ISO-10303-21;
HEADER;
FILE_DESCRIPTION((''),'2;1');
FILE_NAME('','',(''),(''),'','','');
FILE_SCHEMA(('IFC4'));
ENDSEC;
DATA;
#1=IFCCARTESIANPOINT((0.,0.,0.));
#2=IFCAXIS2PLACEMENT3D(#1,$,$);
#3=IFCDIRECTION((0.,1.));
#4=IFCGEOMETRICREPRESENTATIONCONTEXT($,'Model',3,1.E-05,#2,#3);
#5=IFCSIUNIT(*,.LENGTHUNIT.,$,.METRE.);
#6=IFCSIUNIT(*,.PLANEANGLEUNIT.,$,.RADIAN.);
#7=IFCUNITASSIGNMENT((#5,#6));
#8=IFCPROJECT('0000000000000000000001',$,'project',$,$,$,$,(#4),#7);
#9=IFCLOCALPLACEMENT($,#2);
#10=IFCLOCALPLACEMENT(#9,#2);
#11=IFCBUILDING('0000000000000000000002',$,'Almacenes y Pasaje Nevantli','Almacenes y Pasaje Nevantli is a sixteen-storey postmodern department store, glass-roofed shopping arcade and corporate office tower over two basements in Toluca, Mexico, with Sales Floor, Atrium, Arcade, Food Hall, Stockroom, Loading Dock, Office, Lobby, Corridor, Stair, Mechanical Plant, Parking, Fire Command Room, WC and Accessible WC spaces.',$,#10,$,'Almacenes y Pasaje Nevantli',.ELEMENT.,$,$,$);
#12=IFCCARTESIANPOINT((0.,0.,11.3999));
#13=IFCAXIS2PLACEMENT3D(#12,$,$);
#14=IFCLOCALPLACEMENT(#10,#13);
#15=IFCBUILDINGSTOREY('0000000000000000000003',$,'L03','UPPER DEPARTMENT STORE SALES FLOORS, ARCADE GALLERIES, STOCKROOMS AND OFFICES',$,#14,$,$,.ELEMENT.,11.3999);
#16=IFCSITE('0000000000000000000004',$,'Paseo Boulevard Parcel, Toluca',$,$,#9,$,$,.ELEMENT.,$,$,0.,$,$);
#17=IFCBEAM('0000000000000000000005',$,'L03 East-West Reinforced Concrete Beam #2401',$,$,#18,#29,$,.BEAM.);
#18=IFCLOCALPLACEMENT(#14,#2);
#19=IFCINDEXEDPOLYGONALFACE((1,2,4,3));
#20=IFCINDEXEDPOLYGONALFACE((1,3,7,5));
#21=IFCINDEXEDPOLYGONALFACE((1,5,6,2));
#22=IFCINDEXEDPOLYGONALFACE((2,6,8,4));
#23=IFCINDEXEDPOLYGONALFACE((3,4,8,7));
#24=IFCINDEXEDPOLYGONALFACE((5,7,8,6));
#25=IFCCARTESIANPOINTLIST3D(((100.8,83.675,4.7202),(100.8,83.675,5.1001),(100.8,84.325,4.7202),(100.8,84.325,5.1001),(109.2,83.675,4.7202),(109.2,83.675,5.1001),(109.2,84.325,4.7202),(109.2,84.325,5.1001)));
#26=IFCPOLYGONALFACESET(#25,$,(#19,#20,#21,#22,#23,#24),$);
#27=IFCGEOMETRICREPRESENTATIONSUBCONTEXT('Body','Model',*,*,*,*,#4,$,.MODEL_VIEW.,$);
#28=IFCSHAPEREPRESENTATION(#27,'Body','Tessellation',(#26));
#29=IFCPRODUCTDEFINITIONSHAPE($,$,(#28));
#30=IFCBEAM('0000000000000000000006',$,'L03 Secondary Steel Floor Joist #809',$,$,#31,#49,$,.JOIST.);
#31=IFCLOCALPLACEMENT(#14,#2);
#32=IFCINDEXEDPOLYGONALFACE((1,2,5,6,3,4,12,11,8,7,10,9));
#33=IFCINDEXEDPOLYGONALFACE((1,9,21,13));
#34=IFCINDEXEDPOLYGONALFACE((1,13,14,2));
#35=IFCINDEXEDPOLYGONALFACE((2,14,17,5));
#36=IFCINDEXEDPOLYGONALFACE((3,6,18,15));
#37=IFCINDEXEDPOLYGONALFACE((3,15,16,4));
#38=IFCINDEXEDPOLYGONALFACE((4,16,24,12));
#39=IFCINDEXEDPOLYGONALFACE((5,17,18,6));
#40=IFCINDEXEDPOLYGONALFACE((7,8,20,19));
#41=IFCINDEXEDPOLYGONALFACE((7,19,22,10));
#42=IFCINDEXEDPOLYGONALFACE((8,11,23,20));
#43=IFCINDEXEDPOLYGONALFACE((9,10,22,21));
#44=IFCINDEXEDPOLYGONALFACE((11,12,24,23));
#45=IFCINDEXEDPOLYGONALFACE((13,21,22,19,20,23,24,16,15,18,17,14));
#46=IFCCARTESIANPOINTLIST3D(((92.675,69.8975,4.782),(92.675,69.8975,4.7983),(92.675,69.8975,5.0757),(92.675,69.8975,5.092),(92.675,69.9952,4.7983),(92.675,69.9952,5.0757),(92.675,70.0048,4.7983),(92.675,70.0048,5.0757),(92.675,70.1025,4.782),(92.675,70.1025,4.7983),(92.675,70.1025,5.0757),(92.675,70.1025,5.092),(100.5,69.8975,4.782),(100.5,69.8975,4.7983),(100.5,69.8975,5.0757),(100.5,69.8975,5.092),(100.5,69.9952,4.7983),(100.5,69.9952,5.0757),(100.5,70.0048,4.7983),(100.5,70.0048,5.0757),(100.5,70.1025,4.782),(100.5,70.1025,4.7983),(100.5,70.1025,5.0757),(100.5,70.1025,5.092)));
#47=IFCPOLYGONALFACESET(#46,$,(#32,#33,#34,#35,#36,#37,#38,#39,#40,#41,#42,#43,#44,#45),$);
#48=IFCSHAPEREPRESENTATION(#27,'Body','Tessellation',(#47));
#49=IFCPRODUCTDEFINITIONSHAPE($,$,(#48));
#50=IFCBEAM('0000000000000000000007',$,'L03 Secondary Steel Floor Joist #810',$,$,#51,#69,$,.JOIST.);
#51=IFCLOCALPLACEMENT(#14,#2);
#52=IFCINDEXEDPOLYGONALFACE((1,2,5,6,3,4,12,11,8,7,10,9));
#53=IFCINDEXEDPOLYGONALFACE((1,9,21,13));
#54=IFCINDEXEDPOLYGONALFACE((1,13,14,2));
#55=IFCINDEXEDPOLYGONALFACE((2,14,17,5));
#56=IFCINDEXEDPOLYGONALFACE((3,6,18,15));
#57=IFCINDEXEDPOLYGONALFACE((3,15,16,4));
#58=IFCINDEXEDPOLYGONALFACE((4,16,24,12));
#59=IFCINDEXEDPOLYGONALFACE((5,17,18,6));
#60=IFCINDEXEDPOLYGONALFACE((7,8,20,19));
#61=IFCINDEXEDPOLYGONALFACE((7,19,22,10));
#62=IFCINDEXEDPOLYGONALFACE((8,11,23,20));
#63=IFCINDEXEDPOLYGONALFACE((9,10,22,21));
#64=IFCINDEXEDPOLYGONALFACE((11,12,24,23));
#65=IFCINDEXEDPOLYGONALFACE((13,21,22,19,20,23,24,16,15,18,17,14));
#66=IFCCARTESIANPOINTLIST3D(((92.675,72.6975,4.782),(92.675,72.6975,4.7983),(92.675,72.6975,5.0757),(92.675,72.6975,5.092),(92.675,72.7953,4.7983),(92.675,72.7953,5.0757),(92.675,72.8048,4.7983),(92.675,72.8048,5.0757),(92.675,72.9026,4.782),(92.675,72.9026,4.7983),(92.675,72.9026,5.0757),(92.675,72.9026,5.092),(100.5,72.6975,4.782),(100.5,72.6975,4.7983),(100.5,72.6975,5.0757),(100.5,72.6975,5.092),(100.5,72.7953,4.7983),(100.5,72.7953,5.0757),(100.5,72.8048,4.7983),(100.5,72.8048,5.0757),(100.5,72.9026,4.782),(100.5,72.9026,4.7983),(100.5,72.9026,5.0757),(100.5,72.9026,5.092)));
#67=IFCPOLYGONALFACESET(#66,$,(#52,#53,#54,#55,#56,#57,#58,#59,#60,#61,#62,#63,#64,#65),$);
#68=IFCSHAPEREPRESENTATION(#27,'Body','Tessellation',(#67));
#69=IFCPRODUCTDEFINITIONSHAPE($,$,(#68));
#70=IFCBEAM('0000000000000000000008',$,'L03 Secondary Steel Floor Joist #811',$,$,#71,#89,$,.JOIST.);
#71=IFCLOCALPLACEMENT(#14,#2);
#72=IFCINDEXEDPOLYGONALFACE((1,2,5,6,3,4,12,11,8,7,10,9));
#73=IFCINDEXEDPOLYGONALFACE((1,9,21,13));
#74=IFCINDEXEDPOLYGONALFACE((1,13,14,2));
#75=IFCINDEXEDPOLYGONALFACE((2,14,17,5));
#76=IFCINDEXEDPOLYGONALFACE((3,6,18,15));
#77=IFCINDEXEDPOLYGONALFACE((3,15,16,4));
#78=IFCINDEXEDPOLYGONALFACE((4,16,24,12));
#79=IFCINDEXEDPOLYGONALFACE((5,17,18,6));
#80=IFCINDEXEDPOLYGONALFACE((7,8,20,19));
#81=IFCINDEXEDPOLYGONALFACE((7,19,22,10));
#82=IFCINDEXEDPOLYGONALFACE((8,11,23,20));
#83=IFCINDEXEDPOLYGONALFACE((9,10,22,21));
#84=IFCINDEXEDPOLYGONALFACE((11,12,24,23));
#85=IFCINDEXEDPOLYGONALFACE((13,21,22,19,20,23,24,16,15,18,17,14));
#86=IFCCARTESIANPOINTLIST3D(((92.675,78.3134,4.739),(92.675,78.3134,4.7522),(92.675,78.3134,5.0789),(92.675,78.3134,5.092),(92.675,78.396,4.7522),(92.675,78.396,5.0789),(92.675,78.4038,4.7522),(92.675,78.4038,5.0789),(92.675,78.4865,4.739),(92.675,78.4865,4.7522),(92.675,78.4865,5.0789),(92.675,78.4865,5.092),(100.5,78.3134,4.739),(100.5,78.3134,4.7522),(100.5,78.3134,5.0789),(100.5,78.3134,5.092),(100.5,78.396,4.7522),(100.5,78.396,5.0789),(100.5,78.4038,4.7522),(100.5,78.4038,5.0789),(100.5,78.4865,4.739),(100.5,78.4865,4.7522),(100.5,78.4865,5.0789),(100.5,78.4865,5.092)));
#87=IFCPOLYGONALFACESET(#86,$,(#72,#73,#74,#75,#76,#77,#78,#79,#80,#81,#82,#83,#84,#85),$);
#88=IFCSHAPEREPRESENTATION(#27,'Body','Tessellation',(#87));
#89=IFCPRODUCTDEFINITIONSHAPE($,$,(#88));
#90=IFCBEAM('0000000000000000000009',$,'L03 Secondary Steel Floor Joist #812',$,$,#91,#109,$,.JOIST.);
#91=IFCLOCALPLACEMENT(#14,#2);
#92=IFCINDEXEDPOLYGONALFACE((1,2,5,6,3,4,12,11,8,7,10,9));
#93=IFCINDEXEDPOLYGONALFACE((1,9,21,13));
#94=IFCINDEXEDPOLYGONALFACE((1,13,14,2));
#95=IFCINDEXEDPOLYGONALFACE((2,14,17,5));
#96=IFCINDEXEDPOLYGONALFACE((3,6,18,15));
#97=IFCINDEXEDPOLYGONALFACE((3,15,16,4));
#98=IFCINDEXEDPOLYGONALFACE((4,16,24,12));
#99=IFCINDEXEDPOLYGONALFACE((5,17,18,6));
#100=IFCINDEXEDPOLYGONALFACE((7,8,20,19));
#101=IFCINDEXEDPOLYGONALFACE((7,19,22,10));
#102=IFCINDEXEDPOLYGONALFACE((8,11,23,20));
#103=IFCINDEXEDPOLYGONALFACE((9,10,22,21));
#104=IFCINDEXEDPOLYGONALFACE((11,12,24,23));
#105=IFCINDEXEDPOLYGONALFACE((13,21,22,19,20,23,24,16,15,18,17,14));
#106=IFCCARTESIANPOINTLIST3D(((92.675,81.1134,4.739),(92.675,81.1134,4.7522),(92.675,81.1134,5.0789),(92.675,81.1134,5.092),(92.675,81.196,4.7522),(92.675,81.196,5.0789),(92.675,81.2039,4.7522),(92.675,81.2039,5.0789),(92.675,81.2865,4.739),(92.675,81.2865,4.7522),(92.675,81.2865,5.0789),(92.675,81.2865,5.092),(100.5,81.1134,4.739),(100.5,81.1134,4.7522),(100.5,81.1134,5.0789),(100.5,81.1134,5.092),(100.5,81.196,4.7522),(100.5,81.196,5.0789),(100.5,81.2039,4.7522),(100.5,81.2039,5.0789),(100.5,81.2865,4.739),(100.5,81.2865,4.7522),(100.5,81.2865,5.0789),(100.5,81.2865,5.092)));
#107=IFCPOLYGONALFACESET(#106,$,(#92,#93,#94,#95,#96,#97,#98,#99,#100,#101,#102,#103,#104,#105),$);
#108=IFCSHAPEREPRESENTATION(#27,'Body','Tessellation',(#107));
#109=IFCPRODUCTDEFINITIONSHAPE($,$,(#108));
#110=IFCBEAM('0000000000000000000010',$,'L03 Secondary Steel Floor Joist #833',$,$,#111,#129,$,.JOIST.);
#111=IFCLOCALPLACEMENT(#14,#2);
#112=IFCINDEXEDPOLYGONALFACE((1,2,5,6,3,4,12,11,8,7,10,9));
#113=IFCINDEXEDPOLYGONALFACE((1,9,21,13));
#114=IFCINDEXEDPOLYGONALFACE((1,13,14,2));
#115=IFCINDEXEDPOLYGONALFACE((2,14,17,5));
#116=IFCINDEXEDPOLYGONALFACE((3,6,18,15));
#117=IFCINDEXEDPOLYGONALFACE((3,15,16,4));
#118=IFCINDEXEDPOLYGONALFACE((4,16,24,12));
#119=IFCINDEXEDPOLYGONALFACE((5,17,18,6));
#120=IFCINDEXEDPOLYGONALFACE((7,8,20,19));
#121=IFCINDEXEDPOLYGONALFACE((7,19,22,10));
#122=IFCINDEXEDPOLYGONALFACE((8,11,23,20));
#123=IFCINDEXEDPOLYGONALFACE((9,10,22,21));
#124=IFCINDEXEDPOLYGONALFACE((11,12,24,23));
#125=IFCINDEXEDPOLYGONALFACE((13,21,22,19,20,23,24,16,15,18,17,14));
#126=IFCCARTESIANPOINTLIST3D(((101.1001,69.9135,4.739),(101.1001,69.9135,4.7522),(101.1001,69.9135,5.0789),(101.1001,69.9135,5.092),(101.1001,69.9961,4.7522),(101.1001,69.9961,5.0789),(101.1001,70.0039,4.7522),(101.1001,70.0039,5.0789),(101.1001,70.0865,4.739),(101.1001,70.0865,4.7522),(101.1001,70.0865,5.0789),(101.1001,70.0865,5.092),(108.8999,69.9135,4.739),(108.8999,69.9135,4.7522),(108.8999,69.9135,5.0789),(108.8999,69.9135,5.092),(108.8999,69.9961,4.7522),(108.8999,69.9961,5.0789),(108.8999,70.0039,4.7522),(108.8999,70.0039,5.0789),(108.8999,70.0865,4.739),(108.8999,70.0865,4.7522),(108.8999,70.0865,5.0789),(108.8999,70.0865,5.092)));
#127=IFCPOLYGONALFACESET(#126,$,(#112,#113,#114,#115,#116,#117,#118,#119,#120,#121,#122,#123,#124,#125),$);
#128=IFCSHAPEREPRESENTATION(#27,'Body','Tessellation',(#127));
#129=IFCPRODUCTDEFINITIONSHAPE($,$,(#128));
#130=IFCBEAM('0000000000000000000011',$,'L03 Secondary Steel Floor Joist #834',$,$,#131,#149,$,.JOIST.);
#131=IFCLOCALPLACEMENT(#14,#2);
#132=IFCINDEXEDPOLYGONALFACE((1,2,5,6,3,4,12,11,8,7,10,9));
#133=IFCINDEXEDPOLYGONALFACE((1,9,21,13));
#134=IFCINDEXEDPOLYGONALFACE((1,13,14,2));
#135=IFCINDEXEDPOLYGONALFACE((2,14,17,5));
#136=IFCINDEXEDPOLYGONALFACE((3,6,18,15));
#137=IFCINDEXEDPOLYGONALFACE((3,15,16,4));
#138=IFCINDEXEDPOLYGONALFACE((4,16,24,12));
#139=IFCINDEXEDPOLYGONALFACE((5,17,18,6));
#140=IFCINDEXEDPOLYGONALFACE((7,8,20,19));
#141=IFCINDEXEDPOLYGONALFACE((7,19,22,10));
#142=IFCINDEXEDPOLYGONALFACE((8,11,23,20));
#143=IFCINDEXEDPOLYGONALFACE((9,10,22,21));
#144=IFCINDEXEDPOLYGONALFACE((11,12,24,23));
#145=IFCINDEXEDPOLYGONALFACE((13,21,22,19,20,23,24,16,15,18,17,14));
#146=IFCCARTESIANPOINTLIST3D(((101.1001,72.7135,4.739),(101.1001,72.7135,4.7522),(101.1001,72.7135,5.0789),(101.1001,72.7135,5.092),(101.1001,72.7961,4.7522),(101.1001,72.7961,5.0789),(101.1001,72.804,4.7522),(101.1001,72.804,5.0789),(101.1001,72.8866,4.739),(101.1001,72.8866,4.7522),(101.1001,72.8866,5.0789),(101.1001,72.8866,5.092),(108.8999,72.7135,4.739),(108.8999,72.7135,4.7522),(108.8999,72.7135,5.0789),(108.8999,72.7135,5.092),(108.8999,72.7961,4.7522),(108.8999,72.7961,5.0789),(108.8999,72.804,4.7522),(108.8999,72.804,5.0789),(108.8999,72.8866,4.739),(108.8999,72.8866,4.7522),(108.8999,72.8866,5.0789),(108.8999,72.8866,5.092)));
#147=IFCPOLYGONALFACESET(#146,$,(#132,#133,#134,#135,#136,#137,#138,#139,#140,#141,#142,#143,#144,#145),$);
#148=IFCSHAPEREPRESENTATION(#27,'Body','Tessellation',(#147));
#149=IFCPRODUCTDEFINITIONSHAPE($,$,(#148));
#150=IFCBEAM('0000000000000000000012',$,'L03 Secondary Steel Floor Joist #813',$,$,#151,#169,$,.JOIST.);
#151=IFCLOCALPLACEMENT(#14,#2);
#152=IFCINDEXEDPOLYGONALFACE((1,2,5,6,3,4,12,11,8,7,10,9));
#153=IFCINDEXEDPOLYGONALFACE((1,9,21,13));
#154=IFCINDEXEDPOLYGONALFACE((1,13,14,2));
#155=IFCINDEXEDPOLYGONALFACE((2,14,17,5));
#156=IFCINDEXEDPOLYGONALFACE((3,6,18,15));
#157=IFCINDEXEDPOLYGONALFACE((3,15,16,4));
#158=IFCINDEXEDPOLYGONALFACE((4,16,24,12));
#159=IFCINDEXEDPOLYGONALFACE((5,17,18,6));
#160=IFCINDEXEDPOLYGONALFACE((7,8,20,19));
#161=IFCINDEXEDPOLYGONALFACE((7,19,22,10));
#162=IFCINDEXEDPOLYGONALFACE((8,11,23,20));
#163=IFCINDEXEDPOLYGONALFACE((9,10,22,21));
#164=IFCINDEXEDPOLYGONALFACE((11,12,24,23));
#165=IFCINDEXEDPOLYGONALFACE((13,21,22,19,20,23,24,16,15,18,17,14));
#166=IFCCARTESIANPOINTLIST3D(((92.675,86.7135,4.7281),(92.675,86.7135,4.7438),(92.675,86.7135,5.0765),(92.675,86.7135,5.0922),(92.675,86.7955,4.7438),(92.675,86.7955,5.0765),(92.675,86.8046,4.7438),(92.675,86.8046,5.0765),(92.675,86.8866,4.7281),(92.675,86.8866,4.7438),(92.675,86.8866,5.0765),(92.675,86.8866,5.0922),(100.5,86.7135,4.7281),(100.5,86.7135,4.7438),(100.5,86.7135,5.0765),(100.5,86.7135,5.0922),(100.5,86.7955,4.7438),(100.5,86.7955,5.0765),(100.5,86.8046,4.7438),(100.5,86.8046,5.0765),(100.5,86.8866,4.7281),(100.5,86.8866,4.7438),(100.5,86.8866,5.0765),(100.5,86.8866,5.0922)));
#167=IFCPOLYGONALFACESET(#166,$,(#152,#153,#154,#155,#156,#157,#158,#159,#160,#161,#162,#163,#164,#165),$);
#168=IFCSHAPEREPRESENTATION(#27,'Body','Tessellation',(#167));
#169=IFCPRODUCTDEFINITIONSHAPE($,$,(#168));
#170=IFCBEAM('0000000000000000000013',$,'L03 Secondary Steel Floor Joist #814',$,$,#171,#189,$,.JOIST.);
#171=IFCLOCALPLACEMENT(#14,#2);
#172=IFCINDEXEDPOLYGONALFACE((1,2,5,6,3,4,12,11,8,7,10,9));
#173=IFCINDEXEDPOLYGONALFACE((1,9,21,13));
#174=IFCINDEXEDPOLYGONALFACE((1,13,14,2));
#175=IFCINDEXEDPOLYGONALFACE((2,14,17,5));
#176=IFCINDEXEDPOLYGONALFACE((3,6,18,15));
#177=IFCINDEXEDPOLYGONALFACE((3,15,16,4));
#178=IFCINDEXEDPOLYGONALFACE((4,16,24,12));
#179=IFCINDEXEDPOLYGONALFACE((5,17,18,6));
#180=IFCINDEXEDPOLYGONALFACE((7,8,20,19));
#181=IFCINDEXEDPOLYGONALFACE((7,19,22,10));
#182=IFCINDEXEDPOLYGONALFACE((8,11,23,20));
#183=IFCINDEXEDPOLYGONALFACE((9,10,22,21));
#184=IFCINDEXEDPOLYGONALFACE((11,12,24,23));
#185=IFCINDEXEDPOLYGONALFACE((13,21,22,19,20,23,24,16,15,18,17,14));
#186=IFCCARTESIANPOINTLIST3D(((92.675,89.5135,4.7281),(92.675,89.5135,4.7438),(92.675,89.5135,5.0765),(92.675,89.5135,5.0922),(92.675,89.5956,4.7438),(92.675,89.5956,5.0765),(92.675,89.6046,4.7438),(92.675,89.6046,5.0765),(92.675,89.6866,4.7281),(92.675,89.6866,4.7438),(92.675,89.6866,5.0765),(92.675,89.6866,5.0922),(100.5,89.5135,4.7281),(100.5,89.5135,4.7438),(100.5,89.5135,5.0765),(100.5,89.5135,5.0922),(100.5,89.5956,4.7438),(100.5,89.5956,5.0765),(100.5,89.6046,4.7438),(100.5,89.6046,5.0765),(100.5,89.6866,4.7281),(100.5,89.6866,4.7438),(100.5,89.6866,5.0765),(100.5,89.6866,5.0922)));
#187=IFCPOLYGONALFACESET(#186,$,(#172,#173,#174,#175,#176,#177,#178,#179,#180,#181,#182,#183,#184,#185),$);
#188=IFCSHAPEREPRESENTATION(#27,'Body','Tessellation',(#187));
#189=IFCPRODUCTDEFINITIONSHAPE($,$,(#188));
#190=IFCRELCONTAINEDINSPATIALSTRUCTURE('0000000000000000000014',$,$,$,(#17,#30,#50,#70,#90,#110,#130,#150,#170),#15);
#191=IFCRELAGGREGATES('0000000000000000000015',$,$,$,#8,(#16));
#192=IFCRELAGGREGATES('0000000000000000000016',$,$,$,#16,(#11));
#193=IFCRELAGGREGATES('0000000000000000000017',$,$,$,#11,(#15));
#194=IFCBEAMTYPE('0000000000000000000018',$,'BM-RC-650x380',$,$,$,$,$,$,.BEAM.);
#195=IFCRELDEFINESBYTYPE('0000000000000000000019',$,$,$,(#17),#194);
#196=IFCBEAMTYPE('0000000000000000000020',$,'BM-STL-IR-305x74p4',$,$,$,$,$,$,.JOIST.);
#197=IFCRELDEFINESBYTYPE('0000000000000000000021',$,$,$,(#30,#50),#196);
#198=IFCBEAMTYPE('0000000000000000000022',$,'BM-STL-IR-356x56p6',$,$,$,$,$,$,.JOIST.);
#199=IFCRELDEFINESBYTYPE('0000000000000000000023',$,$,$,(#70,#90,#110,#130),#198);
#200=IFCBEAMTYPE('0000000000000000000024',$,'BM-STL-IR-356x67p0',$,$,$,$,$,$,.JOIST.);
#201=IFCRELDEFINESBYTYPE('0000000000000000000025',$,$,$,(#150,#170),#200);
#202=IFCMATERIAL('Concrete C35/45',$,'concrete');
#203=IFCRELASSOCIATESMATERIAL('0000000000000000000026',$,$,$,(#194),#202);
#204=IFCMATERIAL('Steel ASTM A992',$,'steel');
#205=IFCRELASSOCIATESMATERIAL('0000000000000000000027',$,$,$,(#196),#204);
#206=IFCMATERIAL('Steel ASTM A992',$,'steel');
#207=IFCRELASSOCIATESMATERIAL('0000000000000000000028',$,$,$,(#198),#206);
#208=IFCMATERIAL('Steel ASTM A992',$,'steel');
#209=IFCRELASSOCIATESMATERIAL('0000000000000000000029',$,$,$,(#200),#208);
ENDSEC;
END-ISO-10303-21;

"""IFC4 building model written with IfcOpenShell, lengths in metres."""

from ifc_helpers import new_model, si_unit, direction, frame, origin, origin_2d, place, context, subcontext, project, spatial, rectangle, i_section, extrude, material, material_profile, profile_set, type_object, element, save


model = new_model("IFC4")

# Units and contexts
model_context = context("Model", 3, precision=1e-05, world=origin(), true_north=direction((0.0, 1.0)))
body_context = subcontext(model_context, "Body", "Model", "MODEL_VIEW")
ifc_project = project(units=[si_unit("LENGTHUNIT", "METRE"), si_unit("PLANEANGLEUNIT", "RADIAN")], contexts=[model_context])

# Site, building, storey
site_placement = place(None, origin())
site = spatial("IfcSite", under=ifc_project, at=site_placement, Name="Paseo Boulevard Parcel, Toluca", CompositionType="ELEMENT", RefElevation=0.0)
building_placement = place(site_placement, origin())
building = spatial("IfcBuilding", under=site, at=building_placement, Name="Almacenes y Pasaje Nevantli", Description="Almacenes y Pasaje Nevantli is a sixteen-storey postmodern department store, glass-roofed shopping arcade and corporate office tower over two basements in Toluca, Mexico, with Sales Floor, Atrium, Arcade, Food Hall, Stockroom, Loading Dock, Office, Lobby, Corridor, Stair, Mechanical Plant, Parking, Fire Command Room, WC and Accessible WC spaces.", LongName="Almacenes y Pasaje Nevantli", CompositionType="ELEMENT")
storey_placement = place(building_placement, frame((0.0, 0.0, 11.3999)))
storey = spatial("IfcBuildingStorey", under=building, at=storey_placement, Name="L03", Description="UPPER DEPARTMENT STORE SALES FLOORS, ARCADE GALLERIES, STOCKROOMS AND OFFICES", CompositionType="ELEMENT", Elevation=11.3999)

# Beams
ifc_material_1 = material(Name="Concrete C35/45", Category="concrete")
ifc_material_profile_1 = material_profile(ifc_material_1, rectangle(XDim=0.6499, YDim=0.3799, at=origin_2d()), Name="RC-BM-650x380")
ifc_profile_set_1 = profile_set([ifc_material_profile_1], Name="Concrete C35/45")
beam_type_1 = type_object("IfcBeamType", Name="BM-RC-650x380", PredefinedType="BEAM", material=ifc_profile_set_1)
beam_1_placement = place(storey_placement, frame((100.8, 84.0, 4.9102), z_axis=(1.0, 0.0, 0.0), x_axis=(0.0, 1.0, 0.0)))
element("IfcBeam", 1, at=beam_1_placement, inside=storey, type_object=beam_type_1, Name="L03 East-West Reinforced Concrete Beam #2401", PredefinedType="BEAM", context=body_context, shape_type="SweptSolid", body=[
    extrude(rectangle(XDim=0.6499, YDim=0.3799, at=origin_2d()), origin(), (0.0, 0.0, 1.0), 8.3999),
])
ifc_material_2 = material(Name="Steel ASTM A992", Category="steel")
ifc_material_profile_2 = material_profile(ifc_material_2, i_section(OverallWidth=0.2051, OverallDepth=0.3101, WebThickness=0.0095, FlangeThickness=0.0164, at=origin_2d()), Name="IR 305x74.4")
ifc_profile_set_2 = profile_set([ifc_material_profile_2], Name="Steel ASTM A992")
beam_type_2 = type_object("IfcBeamType", Name="BM-STL-IR-305x74p4", PredefinedType="JOIST", material=ifc_profile_set_2)
for number, where, z_axis, x_axis, name in (
    (2, (92.675, 70.0, 4.937), (1.0, 0.0, 0.0), (0.0, 1.0, 0.0), "L03 Secondary Steel Floor Joist #809"),
    (3, (92.675, 72.8, 4.937), (1.0, 0.0, 0.0), (0.0, 1.0, 0.0), "L03 Secondary Steel Floor Joist #810"),
):
    element("IfcBeam", number, at=place(storey_placement, frame(where, z_axis=z_axis, x_axis=x_axis)), inside=storey, type_object=beam_type_2, Name=name, PredefinedType="JOIST", context=body_context, shape_type="SweptSolid", body=[
        extrude(i_section(OverallWidth=0.2051, OverallDepth=0.3101, WebThickness=0.0095, FlangeThickness=0.0164, at=origin_2d()), origin(), (0.0, 0.0, 1.0), 7.825),
    ])
ifc_material_3 = material(Name="Steel ASTM A992", Category="steel")
ifc_material_profile_3 = material_profile(ifc_material_3, i_section(OverallWidth=0.1731, OverallDepth=0.353, WebThickness=0.0078, FlangeThickness=0.0132, at=origin_2d()), Name="IR 356x56.6")
ifc_profile_set_3 = profile_set([ifc_material_profile_3], Name="Steel ASTM A992")
beam_type_3 = type_object("IfcBeamType", Name="BM-STL-IR-356x56p6", PredefinedType="JOIST", material=ifc_profile_set_3)
for number, where, z_axis, x_axis, name in (
    (4, (92.675, 78.3999, 4.9155), (1.0, 0.0, 0.0), (0.0, 1.0, 0.0), "L03 Secondary Steel Floor Joist #811"),
    (5, (92.675, 81.2, 4.9155), (1.0, 0.0, 0.0), (0.0, 1.0, 0.0), "L03 Secondary Steel Floor Joist #812"),
):
    element("IfcBeam", number, at=place(storey_placement, frame(where, z_axis=z_axis, x_axis=x_axis)), inside=storey, type_object=beam_type_3, Name=name, PredefinedType="JOIST", context=body_context, shape_type="SweptSolid", body=[
        extrude(i_section(OverallWidth=0.1731, OverallDepth=0.353, WebThickness=0.0078, FlangeThickness=0.0132, at=origin_2d()), origin(), (0.0, 0.0, 1.0), 7.825),
    ])
for number, where, z_axis, x_axis, name in (
    (6, (101.1001, 70.0, 4.9155), (1.0, 0.0, 0.0), (0.0, 1.0, 0.0), "L03 Secondary Steel Floor Joist #833"),
    (7, (101.1001, 72.8, 4.9155), (1.0, 0.0, 0.0), (0.0, 1.0, 0.0), "L03 Secondary Steel Floor Joist #834"),
):
    element("IfcBeam", number, at=place(storey_placement, frame(where, z_axis=z_axis, x_axis=x_axis)), inside=storey, type_object=beam_type_3, Name=name, PredefinedType="JOIST", context=body_context, shape_type="SweptSolid", body=[
        extrude(i_section(OverallWidth=0.1731, OverallDepth=0.353, WebThickness=0.0078, FlangeThickness=0.0132, at=origin_2d()), origin(), (0.0, 0.0, 1.0), 7.7998),
    ])
ifc_material_4 = material(Name="Steel ASTM A992", Category="steel")
ifc_material_profile_4 = material_profile(ifc_material_4, i_section(OverallWidth=0.1731, OverallDepth=0.364, WebThickness=0.009, FlangeThickness=0.0156, at=origin_2d()), Name="IR 356x67.0")
ifc_profile_set_4 = profile_set([ifc_material_profile_4], Name="Steel ASTM A992")
beam_type_4 = type_object("IfcBeamType", Name="BM-STL-IR-356x67p0", PredefinedType="JOIST", material=ifc_profile_set_4)
for number, where, z_axis, x_axis, name in (
    (8, (92.675, 86.8, 4.9102), (1.0, 0.0, 0.0), (0.0, 1.0, 0.0), "L03 Secondary Steel Floor Joist #813"),
    (9, (92.675, 89.6001, 4.9102), (1.0, 0.0, 0.0), (0.0, 1.0, 0.0), "L03 Secondary Steel Floor Joist #814"),
):
    element("IfcBeam", number, at=place(storey_placement, frame(where, z_axis=z_axis, x_axis=x_axis)), inside=storey, type_object=beam_type_4, Name=name, PredefinedType="JOIST", context=body_context, shape_type="SweptSolid", body=[
        extrude(i_section(OverallWidth=0.1731, OverallDepth=0.364, WebThickness=0.009, FlangeThickness=0.0156, at=origin_2d()), origin(), (0.0, 0.0, 1.0), 7.825),
    ])

save(model, "model.ifc")
